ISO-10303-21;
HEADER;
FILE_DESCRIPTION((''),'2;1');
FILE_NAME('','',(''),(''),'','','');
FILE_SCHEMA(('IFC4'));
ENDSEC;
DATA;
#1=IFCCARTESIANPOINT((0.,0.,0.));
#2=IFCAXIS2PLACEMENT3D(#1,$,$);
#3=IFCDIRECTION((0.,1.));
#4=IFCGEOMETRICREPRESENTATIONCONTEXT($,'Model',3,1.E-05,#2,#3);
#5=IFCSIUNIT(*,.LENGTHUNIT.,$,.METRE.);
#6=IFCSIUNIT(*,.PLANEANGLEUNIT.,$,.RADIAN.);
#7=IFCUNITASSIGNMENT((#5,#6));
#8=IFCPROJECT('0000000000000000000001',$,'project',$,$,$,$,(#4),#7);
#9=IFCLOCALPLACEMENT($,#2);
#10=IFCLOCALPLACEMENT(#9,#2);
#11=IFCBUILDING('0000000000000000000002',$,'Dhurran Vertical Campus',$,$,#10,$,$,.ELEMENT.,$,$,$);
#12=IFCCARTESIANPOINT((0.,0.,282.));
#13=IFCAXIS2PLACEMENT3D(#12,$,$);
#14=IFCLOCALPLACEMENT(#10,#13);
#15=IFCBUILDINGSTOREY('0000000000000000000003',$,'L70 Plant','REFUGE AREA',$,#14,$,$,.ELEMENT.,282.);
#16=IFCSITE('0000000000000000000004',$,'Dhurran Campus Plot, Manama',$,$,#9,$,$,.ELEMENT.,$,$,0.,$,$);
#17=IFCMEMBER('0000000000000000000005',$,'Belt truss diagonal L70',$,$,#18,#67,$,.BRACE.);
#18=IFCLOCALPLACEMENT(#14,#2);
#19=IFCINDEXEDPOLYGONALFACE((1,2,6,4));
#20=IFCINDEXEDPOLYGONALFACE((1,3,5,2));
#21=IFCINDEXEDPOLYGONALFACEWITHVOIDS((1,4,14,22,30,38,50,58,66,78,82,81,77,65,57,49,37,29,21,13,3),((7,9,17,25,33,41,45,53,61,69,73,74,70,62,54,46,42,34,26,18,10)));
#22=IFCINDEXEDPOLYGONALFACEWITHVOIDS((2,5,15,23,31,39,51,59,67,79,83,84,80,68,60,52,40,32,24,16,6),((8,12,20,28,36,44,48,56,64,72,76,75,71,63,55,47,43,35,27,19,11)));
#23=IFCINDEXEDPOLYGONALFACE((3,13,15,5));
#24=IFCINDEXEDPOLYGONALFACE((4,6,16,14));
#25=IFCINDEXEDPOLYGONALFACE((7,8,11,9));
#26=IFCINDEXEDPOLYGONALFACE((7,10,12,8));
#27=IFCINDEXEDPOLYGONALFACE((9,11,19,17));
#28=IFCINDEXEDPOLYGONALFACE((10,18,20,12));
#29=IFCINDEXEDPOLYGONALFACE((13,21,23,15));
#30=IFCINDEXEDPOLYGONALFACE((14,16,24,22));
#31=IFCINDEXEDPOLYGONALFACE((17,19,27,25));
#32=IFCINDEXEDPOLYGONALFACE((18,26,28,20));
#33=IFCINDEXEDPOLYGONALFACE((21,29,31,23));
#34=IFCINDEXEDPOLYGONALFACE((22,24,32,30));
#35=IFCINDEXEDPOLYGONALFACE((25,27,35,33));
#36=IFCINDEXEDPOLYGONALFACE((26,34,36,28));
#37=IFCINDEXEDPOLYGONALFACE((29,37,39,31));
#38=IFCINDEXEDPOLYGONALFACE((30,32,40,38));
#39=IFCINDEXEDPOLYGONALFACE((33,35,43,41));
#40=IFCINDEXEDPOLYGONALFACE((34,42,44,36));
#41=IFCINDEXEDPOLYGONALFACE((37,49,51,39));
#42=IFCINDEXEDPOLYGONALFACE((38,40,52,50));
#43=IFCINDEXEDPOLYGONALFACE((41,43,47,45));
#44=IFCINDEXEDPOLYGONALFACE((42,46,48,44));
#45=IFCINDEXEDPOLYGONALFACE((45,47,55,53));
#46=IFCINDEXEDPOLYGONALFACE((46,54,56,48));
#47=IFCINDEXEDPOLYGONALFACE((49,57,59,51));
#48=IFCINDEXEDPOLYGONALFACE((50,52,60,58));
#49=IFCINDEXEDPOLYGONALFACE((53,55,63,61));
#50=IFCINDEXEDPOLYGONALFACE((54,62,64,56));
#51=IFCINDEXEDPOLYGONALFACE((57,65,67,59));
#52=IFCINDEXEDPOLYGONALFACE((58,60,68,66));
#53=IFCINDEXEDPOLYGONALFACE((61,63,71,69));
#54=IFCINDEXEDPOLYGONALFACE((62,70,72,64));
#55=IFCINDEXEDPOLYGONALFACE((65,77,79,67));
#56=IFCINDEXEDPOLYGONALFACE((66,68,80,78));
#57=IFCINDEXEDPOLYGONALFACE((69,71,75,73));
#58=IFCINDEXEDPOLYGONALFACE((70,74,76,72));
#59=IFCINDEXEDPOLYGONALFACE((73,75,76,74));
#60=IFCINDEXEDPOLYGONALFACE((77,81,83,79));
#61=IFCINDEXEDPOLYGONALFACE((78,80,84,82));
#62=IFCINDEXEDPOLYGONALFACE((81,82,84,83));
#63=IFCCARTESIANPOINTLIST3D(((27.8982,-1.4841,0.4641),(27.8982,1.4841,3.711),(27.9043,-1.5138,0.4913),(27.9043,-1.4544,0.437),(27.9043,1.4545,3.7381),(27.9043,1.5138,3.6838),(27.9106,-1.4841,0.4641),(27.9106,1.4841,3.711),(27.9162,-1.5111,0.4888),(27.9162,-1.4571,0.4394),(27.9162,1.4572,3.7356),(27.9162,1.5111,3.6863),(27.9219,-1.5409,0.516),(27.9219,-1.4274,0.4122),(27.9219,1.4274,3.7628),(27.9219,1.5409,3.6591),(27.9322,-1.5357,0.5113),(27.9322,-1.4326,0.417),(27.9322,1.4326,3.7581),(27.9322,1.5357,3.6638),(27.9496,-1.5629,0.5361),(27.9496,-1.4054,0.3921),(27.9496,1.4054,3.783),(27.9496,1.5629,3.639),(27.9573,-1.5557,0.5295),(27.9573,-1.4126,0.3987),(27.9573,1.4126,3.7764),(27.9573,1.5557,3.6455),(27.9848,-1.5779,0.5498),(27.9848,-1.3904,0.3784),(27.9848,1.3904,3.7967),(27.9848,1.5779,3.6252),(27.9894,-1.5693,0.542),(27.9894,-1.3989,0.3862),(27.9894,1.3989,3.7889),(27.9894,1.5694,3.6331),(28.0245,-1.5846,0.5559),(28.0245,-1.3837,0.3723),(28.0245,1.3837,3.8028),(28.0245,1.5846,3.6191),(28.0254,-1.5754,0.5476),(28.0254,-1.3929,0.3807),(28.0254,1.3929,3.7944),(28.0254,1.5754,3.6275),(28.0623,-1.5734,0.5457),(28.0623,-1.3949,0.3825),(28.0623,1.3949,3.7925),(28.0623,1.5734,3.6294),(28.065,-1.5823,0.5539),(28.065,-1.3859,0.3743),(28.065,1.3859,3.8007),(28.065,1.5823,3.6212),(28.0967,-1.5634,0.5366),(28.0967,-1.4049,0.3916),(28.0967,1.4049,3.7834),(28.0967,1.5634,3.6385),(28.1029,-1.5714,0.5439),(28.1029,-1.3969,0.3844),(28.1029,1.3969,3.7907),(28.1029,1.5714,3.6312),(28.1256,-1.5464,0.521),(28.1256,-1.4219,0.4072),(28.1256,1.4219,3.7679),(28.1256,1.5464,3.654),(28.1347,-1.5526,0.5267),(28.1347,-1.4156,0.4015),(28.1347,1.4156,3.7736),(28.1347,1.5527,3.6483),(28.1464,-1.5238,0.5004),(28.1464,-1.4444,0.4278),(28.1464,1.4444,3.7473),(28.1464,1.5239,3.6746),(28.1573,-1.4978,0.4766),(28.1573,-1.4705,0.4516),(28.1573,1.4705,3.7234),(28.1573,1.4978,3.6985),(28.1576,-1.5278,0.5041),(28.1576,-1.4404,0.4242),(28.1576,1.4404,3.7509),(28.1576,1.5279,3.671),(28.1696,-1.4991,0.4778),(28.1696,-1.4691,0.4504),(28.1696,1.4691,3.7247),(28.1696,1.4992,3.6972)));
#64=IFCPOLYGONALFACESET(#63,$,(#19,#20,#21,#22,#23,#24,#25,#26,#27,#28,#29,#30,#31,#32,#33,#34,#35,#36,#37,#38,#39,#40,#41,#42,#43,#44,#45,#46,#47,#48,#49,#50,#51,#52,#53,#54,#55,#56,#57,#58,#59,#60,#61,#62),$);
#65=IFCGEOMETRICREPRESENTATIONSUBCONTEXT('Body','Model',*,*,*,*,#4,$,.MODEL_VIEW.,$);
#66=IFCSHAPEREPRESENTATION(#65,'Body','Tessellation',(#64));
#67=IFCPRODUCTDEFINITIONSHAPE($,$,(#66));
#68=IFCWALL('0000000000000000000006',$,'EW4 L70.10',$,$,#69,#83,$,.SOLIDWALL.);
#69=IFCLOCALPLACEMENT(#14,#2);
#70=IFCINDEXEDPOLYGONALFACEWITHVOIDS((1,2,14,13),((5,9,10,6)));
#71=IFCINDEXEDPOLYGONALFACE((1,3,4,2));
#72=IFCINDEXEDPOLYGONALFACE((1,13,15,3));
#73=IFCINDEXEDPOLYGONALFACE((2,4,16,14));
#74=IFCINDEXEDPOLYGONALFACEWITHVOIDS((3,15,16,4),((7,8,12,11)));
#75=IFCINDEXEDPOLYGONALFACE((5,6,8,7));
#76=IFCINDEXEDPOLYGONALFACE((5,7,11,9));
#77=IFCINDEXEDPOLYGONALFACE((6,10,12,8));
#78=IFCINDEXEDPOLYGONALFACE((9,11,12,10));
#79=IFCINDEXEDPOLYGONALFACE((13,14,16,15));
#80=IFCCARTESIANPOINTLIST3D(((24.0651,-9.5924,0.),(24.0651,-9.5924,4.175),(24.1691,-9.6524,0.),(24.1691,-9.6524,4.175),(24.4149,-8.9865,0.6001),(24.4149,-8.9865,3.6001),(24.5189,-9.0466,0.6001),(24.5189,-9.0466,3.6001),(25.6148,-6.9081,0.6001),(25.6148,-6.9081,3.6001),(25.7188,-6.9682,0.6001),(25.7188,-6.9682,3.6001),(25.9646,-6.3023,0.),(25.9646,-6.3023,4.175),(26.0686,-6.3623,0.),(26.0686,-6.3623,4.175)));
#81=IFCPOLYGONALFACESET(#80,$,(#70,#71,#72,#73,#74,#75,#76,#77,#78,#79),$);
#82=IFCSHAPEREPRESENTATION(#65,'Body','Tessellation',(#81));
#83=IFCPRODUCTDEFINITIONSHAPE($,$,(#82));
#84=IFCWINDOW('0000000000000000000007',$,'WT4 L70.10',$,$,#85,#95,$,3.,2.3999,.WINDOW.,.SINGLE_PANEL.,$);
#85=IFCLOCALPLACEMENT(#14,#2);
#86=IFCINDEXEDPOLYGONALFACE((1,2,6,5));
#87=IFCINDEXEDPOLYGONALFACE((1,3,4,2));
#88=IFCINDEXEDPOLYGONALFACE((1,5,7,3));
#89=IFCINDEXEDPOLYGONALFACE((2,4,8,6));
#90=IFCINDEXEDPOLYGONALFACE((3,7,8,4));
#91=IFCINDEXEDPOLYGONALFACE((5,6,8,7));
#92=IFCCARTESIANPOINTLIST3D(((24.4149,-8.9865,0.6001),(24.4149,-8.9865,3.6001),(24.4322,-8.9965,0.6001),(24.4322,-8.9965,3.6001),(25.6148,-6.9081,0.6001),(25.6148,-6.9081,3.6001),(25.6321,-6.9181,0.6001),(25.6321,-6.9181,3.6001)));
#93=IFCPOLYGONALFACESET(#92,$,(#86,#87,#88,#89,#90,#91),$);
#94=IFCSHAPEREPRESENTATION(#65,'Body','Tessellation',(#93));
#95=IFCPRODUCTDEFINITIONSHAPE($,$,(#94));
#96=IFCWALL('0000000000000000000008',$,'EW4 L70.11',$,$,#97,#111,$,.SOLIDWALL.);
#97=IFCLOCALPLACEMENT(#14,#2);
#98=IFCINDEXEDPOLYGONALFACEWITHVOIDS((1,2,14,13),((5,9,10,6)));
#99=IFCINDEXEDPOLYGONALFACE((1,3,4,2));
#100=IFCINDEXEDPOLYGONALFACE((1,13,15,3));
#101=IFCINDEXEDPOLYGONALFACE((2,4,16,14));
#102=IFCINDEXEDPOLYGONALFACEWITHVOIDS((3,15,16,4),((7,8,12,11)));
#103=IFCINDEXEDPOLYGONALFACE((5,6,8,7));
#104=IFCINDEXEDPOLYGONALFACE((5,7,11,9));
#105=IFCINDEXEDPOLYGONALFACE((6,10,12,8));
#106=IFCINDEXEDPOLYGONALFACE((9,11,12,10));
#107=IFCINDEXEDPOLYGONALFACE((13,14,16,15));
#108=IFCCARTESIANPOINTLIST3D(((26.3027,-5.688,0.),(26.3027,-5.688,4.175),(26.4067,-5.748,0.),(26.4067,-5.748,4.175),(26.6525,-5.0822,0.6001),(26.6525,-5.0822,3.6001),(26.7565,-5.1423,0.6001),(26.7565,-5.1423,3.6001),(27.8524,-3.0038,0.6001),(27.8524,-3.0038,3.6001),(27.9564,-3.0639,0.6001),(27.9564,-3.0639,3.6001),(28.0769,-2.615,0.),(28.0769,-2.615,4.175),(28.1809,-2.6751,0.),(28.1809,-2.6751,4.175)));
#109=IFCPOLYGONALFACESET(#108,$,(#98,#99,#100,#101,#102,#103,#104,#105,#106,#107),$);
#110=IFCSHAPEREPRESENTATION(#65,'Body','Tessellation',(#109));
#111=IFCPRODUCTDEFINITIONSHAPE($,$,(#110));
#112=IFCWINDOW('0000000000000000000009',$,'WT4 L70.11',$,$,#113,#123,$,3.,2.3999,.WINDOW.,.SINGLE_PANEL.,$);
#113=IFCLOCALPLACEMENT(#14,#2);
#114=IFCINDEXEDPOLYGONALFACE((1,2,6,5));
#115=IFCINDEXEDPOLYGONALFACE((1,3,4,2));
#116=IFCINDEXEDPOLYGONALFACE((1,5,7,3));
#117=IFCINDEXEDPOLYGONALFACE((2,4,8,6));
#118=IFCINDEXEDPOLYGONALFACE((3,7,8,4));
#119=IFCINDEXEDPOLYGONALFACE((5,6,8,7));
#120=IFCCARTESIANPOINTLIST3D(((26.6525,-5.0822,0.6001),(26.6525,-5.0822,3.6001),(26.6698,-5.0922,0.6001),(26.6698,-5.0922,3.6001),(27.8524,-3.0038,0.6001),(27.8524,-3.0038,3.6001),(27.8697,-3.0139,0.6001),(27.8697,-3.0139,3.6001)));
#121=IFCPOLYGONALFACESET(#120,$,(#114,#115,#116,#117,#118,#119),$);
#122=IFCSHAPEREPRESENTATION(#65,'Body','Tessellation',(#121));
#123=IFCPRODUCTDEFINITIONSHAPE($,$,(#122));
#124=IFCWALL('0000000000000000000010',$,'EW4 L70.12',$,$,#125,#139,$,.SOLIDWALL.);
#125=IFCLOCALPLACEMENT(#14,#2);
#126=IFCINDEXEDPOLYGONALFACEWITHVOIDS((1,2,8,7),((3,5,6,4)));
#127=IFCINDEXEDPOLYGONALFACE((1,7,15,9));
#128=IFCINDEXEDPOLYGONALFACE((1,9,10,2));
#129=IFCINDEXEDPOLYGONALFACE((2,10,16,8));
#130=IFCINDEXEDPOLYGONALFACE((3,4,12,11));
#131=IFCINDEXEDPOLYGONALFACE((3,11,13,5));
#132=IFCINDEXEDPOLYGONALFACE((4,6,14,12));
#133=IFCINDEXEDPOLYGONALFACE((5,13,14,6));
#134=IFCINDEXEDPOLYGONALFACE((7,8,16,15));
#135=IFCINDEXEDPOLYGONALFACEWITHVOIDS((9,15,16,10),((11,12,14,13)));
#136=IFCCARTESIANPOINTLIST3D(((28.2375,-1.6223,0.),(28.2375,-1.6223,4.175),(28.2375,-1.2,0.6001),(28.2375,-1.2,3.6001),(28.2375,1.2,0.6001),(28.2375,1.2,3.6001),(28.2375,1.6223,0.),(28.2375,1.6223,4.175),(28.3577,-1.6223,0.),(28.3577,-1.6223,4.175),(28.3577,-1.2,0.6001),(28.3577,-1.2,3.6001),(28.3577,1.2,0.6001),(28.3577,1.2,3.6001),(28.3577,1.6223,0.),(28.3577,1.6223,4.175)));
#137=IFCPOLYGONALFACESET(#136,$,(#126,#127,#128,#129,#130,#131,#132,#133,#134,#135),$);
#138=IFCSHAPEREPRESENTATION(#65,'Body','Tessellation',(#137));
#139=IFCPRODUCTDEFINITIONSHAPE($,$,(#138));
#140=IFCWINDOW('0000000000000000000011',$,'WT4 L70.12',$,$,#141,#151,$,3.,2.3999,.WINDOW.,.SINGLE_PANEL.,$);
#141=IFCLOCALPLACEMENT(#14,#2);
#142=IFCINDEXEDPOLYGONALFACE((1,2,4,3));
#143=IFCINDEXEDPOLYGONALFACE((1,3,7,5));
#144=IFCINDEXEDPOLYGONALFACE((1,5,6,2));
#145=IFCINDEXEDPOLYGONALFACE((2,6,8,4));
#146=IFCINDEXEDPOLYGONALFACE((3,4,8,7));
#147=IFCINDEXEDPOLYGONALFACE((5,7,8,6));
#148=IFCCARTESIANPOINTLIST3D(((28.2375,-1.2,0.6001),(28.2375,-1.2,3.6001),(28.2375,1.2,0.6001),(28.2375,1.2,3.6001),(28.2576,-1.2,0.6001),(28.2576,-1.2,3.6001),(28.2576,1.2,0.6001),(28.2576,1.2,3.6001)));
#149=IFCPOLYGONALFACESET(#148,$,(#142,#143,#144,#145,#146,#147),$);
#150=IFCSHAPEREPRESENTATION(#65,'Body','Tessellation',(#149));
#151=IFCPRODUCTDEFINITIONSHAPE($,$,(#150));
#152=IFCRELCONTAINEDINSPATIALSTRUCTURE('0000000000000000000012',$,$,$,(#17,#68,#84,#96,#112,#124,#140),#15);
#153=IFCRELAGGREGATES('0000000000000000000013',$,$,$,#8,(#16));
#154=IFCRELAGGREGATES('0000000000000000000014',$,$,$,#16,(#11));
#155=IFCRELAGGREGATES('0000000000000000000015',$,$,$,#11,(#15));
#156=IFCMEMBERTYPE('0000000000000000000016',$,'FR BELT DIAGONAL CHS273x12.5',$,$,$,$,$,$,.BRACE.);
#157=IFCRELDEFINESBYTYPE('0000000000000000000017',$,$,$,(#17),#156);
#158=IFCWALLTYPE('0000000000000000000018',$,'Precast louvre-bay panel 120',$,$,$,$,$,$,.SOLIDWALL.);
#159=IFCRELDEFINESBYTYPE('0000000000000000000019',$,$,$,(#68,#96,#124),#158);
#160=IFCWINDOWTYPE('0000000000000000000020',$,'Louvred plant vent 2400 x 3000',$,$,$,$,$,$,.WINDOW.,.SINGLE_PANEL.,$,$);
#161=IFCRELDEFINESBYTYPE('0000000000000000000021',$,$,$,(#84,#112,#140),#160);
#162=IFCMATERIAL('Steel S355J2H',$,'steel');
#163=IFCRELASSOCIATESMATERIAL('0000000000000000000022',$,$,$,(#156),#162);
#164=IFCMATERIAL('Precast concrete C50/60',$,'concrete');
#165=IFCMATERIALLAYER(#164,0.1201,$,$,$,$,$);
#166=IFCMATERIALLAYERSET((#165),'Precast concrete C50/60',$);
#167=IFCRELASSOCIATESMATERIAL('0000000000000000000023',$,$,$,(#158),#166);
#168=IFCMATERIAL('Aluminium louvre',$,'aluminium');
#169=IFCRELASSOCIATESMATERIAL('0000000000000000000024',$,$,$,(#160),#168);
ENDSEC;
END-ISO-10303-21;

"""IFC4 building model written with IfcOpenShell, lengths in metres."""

from ifc_helpers import new_model, si_unit, direction, frame, frame_2d, origin, origin_2d, place, context, subcontext, project, spatial, rectangle, hollow_circle, extrude, material, layer, layer_set, material_profile, profile_set, type_object, element, fill, save


model = new_model("IFC4")

# Units and contexts
model_context = context("Model", 3, precision=1e-05, world=origin(), true_north=direction((0.0, 1.0)))
body_context = subcontext(model_context, "Body", "Model", "MODEL_VIEW")
ifc_project = project(units=[si_unit("LENGTHUNIT", "METRE"), si_unit("PLANEANGLEUNIT", "RADIAN")], contexts=[model_context])

# Site, building, storey
site_placement = place(None, origin())
site = spatial("IfcSite", under=ifc_project, at=site_placement, Name="Dhurran Campus Plot, Manama", CompositionType="ELEMENT", RefElevation=0.0)
building_placement = place(site_placement, origin())
building = spatial("IfcBuilding", under=site, at=building_placement, Name="Dhurran Vertical Campus", CompositionType="ELEMENT")
storey_placement = place(building_placement, frame((0.0, 0.0, 282.0)))
storey = spatial("IfcBuildingStorey", under=building, at=storey_placement, Name="L70 Plant", Description="REFUGE AREA", CompositionType="ELEMENT", Elevation=282.0)

# Member
ifc_material_1 = material(Name="Steel S355J2H", Category="steel")
ifc_material_profile_1 = material_profile(ifc_material_1, hollow_circle(Radius=0.1365, WallThickness=0.0125, at=origin_2d()), Name="CHS273x12.5")
ifc_profile_set_1 = profile_set([ifc_material_profile_1], Name="Steel S355J2H")
member_type = type_object("IfcMemberType", Name="FR BELT DIAGONAL CHS273x12.5", PredefinedType="BRACE", material=ifc_profile_set_1)
member_1_placement = place(storey_placement, frame((28.0347, -1.4841, 0.4641), z_axis=(0.0, 0.674736, 0.738059), x_axis=(-1.0, 0.0, 0.0)))
element("IfcMember", 1, at=member_1_placement, inside=storey, type_object=member_type, Name="Belt truss diagonal L70", PredefinedType="BRACE", context=body_context, shape_type="SweptSolid", body=[
    extrude(hollow_circle(Radius=0.1365, WallThickness=0.0125, at=origin_2d()), origin(), (0.0, 0.0, 1.0), 4.3992),
])

# Walls, openings, windows
ifc_material_2 = material(Name="Precast concrete C50/60", Category="concrete")
ifc_layer_1 = layer(ifc_material_2, 0.1201)
ifc_layer_set_1 = layer_set([ifc_layer_1], Name="Precast concrete C50/60")
wall_type_1 = type_object("IfcWallType", Name="Precast louvre-bay panel 120", PredefinedType="SOLIDWALL", material=ifc_layer_set_1)
wall_1_placement = place(storey_placement, frame((24.1172, -9.6223, 0.0), z_axis=(0.0, 0.0, 1.0), x_axis=(0.499982, 0.866036, 0.0)))
wall_1 = element("IfcWall", 2, at=wall_1_placement, inside=storey, type_object=wall_type_1, Name="EW4 L70.10", PredefinedType="SOLIDWALL", context=body_context, shape_type="SweptSolid", body=[
    extrude(rectangle(XDim=3.7991, YDim=0.1201, at=frame_2d((1.8994, 0.0))), origin(), (0.0, 0.0, 1.0), 4.175),
])
opening_1_placement = place(wall_1_placement, frame((0.6995, 0.0, 0.6001)))
opening_1 = element("IfcOpeningElement", 3, at=opening_1_placement, cuts=wall_1, PredefinedType="OPENING", context=body_context, shape_type="SweptSolid", body=[
    extrude(rectangle(XDim=2.3999, YDim=3.0, at=frame_2d((1.2, 1.5))), frame((0.0, 0.0701, 0.0), z_axis=(0.0, -1.0, 0.0), x_axis=(1.0, 0.0, 0.0)), (0.0, 0.0, 1.0), 0.1401),
])
ifc_material_3 = material(Name="Aluminium louvre", Category="aluminium")
window_type = type_object("IfcWindowType", Name="Louvred plant vent 2400 x 3000", PartitioningType="SINGLE_PANEL", PredefinedType="WINDOW", material=ifc_material_3)
window_1_placement = place(opening_1_placement, origin())
window_1 = element("IfcWindow", 4, at=window_1_placement, inside=storey, type_object=window_type, Name="WT4 L70.10", OverallHeight=3.0, OverallWidth=2.3999, PartitioningType="SINGLE_PANEL", PredefinedType="WINDOW", context=body_context, shape_type="SweptSolid", body=[
    extrude(rectangle(XDim=2.3999, YDim=3.0, at=frame_2d((1.2, 1.5))), frame((0.0, 0.0601, 0.0), z_axis=(0.0, -1.0, 0.0), x_axis=(1.0, 0.0, 0.0)), (0.0, 0.0, 1.0), 0.02),
])
fill(opening_1, window_1)
wall_2_placement = place(storey_placement, frame((26.3547, -5.718, 0.0), z_axis=(0.0, 0.0, 1.0), x_axis=(0.499994, 0.866029, 0.0)))
wall_2 = element("IfcWall", 5, at=wall_2_placement, inside=storey, type_object=wall_type_1, Name="EW4 L70.11", PredefinedType="SOLIDWALL", context=body_context, shape_type="SweptSolid", body=[
    extrude(rectangle(XDim=3.5483, YDim=0.1201, at=frame_2d((1.7742, 0.0))), origin(), (0.0, 0.0, 1.0), 4.175),
])
opening_2_placement = place(wall_2_placement, frame((0.6995, 0.0, 0.6001)))
opening_2 = element("IfcOpeningElement", 6, at=opening_2_placement, cuts=wall_2, PredefinedType="OPENING", context=body_context, shape_type="SweptSolid", body=[
    extrude(rectangle(XDim=2.3999, YDim=3.0, at=frame_2d((1.2, 1.5))), frame((0.0, 0.0701, 0.0), z_axis=(0.0, -1.0, 0.0), x_axis=(1.0, 0.0, 0.0)), (0.0, 0.0, 1.0), 0.1401),
])
window_2_placement = place(opening_2_placement, origin())
window_2 = element("IfcWindow", 7, at=window_2_placement, inside=storey, type_object=window_type, Name="WT4 L70.11", OverallHeight=3.0, OverallWidth=2.3999, PartitioningType="SINGLE_PANEL", PredefinedType="WINDOW", context=body_context, shape_type="SweptSolid", body=[
    extrude(rectangle(XDim=2.3999, YDim=3.0, at=frame_2d((1.2, 1.5))), frame((0.0, 0.0601, 0.0), z_axis=(0.0, -1.0, 0.0), x_axis=(1.0, 0.0, 0.0)), (0.0, 0.0, 1.0), 0.02),
])
fill(opening_2, window_2)
wall_3_placement = place(storey_placement, frame((28.2976, -1.6223, 0.0), z_axis=(0.0, 0.0, 1.0), x_axis=(0.0, 1.0, 0.0)))
wall_3 = element("IfcWall", 8, at=wall_3_placement, inside=storey, type_object=wall_type_1, Name="EW4 L70.12", PredefinedType="SOLIDWALL", context=body_context, shape_type="SweptSolid", body=[
    extrude(rectangle(XDim=3.2446, YDim=0.1201, at=frame_2d((1.6223, 0.0))), origin(), (0.0, 0.0, 1.0), 4.175),
])
opening_3_placement = place(wall_3_placement, frame((0.4224, 0.0, 0.6001)))
opening_3 = element("IfcOpeningElement", 9, at=opening_3_placement, cuts=wall_3, PredefinedType="OPENING", context=body_context, shape_type="SweptSolid", body=[
    extrude(rectangle(XDim=2.3999, YDim=3.0, at=frame_2d((1.2, 1.5))), frame((0.0, 0.0701, 0.0), z_axis=(0.0, -1.0, 0.0), x_axis=(1.0, 0.0, 0.0)), (0.0, 0.0, 1.0), 0.1401),
])
window_3_placement = place(opening_3_placement, origin())
window_3 = element("IfcWindow", 10, at=window_3_placement, inside=storey, type_object=window_type, Name="WT4 L70.12", OverallHeight=3.0, OverallWidth=2.3999, PartitioningType="SINGLE_PANEL", PredefinedType="WINDOW", context=body_context, shape_type="SweptSolid", body=[
    extrude(rectangle(XDim=2.3999, YDim=3.0, at=frame_2d((1.2, 1.5))), frame((0.0, 0.0601, 0.0), z_axis=(0.0, -1.0, 0.0), x_axis=(1.0, 0.0, 0.0)), (0.0, 0.0, 1.0), 0.02),
])
fill(opening_3, window_3)

save(model, "model.ifc")
